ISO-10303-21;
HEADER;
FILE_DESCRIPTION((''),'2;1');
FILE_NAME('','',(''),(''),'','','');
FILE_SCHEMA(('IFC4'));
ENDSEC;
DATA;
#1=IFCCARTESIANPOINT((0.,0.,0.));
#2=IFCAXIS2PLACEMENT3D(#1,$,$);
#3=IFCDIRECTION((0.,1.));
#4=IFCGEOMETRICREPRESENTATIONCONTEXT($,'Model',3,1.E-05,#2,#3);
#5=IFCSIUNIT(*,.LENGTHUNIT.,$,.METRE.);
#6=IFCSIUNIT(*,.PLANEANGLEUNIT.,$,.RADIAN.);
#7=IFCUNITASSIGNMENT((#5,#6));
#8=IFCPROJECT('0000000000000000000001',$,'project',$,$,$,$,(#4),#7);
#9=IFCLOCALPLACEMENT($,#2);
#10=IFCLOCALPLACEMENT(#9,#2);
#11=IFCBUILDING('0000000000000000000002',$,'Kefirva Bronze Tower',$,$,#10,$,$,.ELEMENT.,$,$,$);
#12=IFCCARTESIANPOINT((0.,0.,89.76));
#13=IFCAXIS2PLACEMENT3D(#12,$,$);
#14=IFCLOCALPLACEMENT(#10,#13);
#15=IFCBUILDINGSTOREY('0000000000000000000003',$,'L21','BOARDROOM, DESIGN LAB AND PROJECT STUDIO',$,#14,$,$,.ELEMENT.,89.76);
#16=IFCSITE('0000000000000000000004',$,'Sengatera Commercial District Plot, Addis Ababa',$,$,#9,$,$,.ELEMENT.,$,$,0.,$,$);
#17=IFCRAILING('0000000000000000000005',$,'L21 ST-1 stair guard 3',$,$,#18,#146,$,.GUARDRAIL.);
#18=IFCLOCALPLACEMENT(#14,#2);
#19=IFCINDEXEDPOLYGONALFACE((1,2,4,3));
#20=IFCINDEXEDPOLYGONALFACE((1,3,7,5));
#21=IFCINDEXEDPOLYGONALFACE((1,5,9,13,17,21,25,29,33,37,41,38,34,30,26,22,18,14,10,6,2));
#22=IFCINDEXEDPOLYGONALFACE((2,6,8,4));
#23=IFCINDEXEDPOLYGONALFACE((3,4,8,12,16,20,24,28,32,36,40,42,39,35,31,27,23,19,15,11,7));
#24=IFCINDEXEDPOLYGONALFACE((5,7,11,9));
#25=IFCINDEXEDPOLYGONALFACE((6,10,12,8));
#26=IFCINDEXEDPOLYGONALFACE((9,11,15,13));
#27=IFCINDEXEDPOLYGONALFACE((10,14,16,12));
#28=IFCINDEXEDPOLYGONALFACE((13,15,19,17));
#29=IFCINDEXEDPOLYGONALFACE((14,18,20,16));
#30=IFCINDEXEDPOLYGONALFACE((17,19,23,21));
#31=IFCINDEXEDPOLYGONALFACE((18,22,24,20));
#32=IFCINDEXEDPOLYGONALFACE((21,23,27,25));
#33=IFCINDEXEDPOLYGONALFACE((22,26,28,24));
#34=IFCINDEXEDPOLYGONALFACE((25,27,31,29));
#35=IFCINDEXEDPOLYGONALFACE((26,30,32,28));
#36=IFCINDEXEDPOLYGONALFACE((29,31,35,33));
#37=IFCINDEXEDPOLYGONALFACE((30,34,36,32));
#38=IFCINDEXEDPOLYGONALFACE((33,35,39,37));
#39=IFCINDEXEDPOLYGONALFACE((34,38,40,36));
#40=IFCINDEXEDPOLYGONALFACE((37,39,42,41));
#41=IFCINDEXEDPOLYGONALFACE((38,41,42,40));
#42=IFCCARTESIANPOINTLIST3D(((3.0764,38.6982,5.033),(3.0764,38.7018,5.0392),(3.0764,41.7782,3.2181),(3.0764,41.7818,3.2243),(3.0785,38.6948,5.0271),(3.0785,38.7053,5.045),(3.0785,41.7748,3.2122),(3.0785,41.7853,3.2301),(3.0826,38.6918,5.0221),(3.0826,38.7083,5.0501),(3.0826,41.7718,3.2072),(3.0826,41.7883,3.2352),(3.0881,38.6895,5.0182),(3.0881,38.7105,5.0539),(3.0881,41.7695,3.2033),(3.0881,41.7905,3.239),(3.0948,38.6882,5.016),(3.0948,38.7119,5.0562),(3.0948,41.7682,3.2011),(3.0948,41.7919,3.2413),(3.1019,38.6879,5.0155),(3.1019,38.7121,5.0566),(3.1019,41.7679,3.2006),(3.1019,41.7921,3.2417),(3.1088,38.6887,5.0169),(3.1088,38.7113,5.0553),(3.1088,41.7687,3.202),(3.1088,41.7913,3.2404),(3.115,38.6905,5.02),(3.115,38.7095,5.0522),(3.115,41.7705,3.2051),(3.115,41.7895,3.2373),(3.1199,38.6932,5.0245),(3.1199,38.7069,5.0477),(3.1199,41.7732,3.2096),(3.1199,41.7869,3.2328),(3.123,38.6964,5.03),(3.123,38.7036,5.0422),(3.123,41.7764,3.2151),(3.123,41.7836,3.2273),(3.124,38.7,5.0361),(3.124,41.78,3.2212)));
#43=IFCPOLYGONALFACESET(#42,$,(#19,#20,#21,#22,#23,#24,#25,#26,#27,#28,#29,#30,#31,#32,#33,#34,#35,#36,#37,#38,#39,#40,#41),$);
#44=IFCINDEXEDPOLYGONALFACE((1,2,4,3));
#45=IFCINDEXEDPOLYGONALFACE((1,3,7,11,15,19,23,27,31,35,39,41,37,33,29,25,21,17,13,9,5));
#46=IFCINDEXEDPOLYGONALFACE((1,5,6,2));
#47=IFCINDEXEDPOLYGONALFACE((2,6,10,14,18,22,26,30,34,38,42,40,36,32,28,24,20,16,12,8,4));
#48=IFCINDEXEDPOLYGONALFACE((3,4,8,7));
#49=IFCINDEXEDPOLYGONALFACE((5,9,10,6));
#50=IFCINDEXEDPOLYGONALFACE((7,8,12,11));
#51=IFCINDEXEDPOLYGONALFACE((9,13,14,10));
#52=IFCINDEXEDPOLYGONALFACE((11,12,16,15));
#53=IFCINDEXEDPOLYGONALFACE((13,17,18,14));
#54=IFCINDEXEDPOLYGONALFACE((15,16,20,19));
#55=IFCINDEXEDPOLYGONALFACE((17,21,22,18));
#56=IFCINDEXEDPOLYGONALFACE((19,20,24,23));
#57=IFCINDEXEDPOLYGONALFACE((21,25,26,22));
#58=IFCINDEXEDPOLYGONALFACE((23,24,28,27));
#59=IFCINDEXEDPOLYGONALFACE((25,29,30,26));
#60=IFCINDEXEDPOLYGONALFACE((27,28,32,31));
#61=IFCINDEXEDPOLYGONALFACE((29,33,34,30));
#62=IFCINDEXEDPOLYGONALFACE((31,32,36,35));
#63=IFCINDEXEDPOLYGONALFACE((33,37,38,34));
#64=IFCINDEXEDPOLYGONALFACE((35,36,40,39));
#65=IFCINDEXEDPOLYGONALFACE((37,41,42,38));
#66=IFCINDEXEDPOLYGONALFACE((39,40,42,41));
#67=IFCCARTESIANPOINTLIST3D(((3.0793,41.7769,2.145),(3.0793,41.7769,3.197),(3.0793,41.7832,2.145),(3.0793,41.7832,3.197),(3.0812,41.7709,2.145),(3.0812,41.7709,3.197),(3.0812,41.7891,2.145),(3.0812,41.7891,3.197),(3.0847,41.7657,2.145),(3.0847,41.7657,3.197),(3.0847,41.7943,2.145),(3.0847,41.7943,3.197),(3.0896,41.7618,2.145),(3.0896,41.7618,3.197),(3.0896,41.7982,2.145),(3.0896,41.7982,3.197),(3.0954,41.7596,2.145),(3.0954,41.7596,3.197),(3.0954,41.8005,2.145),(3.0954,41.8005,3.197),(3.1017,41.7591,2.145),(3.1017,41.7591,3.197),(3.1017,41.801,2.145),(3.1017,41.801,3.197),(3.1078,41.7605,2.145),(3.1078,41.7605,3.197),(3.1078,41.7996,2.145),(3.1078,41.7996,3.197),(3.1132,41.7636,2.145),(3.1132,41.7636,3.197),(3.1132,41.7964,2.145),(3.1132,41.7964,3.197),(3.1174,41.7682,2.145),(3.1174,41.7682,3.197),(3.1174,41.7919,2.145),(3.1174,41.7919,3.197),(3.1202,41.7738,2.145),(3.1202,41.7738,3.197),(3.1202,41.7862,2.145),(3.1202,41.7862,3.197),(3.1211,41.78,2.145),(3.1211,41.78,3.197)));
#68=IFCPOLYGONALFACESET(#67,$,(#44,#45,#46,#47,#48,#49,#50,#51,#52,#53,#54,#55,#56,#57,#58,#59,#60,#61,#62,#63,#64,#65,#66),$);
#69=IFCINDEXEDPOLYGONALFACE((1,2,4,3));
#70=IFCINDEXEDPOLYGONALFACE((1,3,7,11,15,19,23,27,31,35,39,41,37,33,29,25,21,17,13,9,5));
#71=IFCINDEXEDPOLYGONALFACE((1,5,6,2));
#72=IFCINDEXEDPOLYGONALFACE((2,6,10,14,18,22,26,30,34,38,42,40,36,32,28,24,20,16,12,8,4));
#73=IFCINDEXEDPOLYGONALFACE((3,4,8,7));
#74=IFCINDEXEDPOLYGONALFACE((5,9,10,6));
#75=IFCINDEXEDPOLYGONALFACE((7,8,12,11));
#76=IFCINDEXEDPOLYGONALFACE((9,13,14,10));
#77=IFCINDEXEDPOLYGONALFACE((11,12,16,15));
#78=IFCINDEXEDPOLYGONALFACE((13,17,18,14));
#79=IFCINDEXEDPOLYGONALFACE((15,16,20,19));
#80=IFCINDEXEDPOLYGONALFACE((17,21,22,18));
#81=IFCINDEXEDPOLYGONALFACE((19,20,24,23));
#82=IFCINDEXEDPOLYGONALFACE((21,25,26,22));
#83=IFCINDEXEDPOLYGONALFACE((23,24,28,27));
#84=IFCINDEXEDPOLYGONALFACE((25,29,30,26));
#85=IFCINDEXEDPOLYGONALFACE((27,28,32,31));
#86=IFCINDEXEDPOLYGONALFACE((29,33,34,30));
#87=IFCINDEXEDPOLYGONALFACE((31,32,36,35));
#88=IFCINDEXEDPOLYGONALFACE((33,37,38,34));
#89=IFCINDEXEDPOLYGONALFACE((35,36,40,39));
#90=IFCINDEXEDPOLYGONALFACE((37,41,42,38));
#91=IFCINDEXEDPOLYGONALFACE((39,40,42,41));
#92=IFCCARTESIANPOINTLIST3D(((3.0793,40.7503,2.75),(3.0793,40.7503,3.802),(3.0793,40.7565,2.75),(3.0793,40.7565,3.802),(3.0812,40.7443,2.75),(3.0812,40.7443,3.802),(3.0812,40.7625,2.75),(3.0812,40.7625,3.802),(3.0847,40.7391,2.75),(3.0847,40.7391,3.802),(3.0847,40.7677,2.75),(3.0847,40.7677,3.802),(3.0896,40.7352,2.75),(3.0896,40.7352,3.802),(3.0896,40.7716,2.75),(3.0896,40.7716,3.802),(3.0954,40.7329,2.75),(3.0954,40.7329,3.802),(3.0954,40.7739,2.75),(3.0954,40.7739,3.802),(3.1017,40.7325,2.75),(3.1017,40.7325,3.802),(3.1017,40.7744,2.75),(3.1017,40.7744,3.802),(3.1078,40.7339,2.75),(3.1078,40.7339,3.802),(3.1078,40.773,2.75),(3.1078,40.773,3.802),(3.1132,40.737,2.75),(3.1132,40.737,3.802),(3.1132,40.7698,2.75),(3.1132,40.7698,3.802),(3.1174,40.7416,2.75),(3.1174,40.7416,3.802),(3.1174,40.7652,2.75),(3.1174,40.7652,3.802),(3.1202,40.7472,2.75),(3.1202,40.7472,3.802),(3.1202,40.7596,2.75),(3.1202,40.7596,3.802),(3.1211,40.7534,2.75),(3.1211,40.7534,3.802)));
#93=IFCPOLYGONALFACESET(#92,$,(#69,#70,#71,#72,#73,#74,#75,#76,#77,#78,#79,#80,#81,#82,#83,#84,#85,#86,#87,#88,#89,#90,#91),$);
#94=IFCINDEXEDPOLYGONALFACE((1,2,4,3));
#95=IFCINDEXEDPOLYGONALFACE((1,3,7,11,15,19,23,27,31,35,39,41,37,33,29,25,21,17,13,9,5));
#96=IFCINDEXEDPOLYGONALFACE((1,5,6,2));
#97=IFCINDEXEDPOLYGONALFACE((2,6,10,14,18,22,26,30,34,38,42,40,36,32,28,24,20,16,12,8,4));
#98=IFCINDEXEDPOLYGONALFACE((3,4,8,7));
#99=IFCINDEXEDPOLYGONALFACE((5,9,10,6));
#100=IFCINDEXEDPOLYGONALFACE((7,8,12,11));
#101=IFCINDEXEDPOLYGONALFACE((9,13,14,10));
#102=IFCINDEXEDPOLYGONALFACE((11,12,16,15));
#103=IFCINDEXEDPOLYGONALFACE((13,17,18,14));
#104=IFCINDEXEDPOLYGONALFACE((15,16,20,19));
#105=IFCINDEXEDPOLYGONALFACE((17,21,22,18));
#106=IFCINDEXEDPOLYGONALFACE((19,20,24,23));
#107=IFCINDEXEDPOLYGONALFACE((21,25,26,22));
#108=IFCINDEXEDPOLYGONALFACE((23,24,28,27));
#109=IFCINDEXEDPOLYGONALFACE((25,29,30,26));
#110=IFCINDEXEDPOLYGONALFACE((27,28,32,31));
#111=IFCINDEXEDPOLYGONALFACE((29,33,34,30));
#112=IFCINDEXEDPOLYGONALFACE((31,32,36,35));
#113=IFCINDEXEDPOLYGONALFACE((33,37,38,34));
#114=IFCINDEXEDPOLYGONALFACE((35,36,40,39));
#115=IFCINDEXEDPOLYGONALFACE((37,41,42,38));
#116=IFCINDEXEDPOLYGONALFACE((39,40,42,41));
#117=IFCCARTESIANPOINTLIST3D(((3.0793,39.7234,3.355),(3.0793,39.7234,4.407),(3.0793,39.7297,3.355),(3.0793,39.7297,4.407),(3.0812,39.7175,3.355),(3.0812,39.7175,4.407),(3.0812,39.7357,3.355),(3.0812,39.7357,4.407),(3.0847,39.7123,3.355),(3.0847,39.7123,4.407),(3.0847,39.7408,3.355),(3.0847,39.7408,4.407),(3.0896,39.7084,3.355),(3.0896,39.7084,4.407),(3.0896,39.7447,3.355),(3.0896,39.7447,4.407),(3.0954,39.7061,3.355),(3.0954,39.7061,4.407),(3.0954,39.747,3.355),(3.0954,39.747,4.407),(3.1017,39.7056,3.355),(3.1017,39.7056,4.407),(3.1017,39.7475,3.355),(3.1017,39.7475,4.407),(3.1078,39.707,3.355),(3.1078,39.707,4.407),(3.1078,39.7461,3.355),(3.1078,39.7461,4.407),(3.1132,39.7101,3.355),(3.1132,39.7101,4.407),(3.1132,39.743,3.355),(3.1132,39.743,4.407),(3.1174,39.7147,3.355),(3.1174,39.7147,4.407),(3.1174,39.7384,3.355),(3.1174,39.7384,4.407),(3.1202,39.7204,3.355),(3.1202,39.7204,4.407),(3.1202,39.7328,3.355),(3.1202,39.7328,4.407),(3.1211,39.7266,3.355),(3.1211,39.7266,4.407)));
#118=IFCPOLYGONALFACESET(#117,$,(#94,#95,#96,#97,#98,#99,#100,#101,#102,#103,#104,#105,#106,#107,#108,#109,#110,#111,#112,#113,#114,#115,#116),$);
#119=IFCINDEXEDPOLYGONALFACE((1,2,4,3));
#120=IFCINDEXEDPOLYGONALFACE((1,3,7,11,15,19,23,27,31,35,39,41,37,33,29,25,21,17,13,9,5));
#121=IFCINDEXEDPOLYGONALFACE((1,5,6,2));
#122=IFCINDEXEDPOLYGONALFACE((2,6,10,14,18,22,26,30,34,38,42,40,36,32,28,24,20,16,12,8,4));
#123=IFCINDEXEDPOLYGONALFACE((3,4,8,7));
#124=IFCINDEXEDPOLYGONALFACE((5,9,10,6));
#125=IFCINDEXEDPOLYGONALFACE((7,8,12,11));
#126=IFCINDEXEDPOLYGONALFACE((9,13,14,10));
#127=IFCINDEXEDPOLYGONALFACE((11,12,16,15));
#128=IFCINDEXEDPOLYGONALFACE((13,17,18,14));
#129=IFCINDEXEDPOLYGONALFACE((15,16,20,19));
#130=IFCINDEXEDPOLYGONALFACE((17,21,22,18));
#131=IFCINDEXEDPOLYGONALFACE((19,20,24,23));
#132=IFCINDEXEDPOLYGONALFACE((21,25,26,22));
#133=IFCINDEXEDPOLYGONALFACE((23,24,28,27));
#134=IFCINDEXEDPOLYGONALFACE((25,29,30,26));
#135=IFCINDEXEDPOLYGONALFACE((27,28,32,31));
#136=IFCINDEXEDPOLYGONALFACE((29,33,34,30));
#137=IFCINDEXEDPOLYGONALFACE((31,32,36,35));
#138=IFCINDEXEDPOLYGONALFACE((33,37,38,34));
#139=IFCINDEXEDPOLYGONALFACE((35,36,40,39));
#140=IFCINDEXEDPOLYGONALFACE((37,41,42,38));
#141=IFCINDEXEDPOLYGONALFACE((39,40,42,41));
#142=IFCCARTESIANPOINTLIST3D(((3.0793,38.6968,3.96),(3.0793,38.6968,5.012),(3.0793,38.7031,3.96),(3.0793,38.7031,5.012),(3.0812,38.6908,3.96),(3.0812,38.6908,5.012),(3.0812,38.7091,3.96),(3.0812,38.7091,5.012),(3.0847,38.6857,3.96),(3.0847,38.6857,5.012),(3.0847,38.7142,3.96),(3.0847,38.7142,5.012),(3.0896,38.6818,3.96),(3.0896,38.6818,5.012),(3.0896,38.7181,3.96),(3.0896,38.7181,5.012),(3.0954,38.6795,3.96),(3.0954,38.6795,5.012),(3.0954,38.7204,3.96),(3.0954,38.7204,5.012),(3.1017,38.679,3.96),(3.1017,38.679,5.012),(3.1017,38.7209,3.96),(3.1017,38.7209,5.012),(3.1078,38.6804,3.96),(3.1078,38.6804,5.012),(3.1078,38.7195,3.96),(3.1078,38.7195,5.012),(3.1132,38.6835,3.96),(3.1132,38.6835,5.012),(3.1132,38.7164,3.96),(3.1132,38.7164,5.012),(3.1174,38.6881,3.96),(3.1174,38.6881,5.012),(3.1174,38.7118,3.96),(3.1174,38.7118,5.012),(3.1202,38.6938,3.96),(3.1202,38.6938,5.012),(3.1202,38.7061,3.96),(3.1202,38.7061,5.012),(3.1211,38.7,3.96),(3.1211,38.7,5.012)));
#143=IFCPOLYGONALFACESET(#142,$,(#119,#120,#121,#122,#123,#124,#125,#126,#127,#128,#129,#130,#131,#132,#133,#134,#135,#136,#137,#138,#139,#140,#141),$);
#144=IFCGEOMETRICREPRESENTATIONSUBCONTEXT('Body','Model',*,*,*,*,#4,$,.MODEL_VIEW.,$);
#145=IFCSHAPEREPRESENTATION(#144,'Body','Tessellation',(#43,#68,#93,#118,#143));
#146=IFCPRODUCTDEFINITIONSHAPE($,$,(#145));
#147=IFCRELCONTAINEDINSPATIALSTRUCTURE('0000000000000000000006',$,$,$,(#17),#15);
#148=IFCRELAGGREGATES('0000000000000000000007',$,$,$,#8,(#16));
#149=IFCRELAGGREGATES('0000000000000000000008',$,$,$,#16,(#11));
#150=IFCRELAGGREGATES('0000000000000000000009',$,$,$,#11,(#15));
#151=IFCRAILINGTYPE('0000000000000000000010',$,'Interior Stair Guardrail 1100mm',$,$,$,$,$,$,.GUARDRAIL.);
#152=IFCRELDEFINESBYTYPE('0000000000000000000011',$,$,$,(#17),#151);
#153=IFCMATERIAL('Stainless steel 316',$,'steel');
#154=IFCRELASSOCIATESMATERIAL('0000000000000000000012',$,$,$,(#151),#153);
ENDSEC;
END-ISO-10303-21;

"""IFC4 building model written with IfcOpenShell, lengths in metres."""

from ifc_helpers import new_model, si_unit, direction, frame, origin, origin_2d, place, context, subcontext, project, spatial, circle, extrude, material, type_object, element, save


model = new_model("IFC4")

# Units and contexts
model_context = context("Model", 3, precision=1e-05, world=origin(), true_north=direction((0.0, 1.0)))
body_context = subcontext(model_context, "Body", "Model", "MODEL_VIEW")
ifc_project = project(units=[si_unit("LENGTHUNIT", "METRE"), si_unit("PLANEANGLEUNIT", "RADIAN")], contexts=[model_context])

# Site, building, storey
site_placement = place(None, origin())
site = spatial("IfcSite", under=ifc_project, at=site_placement, Name="Sengatera Commercial District Plot, Addis Ababa", CompositionType="ELEMENT", RefElevation=0.0)
building_placement = place(site_placement, origin())
building = spatial("IfcBuilding", under=site, at=building_placement, Name="Kefirva Bronze Tower", CompositionType="ELEMENT")
storey_placement = place(building_placement, frame((0.0, 0.0, 89.76)))
storey = spatial("IfcBuildingStorey", under=building, at=storey_placement, Name="L21", Description="BOARDROOM, DESIGN LAB AND PROJECT STUDIO", CompositionType="ELEMENT", Elevation=89.76)

# Railing
ifc_material_1 = material(Name="Stainless steel 316", Category="steel")
railing_type_1 = type_object("IfcRailingType", Name="Interior Stair Guardrail 1100mm", PredefinedType="GUARDRAIL", material=ifc_material_1)
railing_1_placement = place(storey_placement, frame((3.1001, 41.78, 2.145)))
element("IfcRailing", 1, at=railing_1_placement, inside=storey, type_object=railing_type_1, Name="L21 ST-1 stair guard 3", PredefinedType="GUARDRAIL", context=body_context, shape_type="SweptSolid", body=[
    extrude(circle(Radius=0.0239, at=origin_2d()), frame((0.0, 0.0, 1.0762), z_axis=(0.0, -0.861551, 0.507671), x_axis=(1.0, 0.0, 0.0)), (0.0, 0.0, 1.0), 3.575),
    extrude(circle(Radius=0.021, at=origin_2d()), origin(), (0.0, 0.0, 1.0), 1.052),
    extrude(circle(Radius=0.021, at=origin_2d()), frame((0.0, -1.0266, 0.605)), (0.0, 0.0, 1.0), 1.052),
    extrude(circle(Radius=0.021, at=origin_2d()), frame((0.0, -2.0535, 1.21)), (0.0, 0.0, 1.0), 1.052),
    extrude(circle(Radius=0.021, at=origin_2d()), frame((0.0, -3.0801, 1.8149)), (0.0, 0.0, 1.0), 1.052),
])

save(model, "model.ifc")
